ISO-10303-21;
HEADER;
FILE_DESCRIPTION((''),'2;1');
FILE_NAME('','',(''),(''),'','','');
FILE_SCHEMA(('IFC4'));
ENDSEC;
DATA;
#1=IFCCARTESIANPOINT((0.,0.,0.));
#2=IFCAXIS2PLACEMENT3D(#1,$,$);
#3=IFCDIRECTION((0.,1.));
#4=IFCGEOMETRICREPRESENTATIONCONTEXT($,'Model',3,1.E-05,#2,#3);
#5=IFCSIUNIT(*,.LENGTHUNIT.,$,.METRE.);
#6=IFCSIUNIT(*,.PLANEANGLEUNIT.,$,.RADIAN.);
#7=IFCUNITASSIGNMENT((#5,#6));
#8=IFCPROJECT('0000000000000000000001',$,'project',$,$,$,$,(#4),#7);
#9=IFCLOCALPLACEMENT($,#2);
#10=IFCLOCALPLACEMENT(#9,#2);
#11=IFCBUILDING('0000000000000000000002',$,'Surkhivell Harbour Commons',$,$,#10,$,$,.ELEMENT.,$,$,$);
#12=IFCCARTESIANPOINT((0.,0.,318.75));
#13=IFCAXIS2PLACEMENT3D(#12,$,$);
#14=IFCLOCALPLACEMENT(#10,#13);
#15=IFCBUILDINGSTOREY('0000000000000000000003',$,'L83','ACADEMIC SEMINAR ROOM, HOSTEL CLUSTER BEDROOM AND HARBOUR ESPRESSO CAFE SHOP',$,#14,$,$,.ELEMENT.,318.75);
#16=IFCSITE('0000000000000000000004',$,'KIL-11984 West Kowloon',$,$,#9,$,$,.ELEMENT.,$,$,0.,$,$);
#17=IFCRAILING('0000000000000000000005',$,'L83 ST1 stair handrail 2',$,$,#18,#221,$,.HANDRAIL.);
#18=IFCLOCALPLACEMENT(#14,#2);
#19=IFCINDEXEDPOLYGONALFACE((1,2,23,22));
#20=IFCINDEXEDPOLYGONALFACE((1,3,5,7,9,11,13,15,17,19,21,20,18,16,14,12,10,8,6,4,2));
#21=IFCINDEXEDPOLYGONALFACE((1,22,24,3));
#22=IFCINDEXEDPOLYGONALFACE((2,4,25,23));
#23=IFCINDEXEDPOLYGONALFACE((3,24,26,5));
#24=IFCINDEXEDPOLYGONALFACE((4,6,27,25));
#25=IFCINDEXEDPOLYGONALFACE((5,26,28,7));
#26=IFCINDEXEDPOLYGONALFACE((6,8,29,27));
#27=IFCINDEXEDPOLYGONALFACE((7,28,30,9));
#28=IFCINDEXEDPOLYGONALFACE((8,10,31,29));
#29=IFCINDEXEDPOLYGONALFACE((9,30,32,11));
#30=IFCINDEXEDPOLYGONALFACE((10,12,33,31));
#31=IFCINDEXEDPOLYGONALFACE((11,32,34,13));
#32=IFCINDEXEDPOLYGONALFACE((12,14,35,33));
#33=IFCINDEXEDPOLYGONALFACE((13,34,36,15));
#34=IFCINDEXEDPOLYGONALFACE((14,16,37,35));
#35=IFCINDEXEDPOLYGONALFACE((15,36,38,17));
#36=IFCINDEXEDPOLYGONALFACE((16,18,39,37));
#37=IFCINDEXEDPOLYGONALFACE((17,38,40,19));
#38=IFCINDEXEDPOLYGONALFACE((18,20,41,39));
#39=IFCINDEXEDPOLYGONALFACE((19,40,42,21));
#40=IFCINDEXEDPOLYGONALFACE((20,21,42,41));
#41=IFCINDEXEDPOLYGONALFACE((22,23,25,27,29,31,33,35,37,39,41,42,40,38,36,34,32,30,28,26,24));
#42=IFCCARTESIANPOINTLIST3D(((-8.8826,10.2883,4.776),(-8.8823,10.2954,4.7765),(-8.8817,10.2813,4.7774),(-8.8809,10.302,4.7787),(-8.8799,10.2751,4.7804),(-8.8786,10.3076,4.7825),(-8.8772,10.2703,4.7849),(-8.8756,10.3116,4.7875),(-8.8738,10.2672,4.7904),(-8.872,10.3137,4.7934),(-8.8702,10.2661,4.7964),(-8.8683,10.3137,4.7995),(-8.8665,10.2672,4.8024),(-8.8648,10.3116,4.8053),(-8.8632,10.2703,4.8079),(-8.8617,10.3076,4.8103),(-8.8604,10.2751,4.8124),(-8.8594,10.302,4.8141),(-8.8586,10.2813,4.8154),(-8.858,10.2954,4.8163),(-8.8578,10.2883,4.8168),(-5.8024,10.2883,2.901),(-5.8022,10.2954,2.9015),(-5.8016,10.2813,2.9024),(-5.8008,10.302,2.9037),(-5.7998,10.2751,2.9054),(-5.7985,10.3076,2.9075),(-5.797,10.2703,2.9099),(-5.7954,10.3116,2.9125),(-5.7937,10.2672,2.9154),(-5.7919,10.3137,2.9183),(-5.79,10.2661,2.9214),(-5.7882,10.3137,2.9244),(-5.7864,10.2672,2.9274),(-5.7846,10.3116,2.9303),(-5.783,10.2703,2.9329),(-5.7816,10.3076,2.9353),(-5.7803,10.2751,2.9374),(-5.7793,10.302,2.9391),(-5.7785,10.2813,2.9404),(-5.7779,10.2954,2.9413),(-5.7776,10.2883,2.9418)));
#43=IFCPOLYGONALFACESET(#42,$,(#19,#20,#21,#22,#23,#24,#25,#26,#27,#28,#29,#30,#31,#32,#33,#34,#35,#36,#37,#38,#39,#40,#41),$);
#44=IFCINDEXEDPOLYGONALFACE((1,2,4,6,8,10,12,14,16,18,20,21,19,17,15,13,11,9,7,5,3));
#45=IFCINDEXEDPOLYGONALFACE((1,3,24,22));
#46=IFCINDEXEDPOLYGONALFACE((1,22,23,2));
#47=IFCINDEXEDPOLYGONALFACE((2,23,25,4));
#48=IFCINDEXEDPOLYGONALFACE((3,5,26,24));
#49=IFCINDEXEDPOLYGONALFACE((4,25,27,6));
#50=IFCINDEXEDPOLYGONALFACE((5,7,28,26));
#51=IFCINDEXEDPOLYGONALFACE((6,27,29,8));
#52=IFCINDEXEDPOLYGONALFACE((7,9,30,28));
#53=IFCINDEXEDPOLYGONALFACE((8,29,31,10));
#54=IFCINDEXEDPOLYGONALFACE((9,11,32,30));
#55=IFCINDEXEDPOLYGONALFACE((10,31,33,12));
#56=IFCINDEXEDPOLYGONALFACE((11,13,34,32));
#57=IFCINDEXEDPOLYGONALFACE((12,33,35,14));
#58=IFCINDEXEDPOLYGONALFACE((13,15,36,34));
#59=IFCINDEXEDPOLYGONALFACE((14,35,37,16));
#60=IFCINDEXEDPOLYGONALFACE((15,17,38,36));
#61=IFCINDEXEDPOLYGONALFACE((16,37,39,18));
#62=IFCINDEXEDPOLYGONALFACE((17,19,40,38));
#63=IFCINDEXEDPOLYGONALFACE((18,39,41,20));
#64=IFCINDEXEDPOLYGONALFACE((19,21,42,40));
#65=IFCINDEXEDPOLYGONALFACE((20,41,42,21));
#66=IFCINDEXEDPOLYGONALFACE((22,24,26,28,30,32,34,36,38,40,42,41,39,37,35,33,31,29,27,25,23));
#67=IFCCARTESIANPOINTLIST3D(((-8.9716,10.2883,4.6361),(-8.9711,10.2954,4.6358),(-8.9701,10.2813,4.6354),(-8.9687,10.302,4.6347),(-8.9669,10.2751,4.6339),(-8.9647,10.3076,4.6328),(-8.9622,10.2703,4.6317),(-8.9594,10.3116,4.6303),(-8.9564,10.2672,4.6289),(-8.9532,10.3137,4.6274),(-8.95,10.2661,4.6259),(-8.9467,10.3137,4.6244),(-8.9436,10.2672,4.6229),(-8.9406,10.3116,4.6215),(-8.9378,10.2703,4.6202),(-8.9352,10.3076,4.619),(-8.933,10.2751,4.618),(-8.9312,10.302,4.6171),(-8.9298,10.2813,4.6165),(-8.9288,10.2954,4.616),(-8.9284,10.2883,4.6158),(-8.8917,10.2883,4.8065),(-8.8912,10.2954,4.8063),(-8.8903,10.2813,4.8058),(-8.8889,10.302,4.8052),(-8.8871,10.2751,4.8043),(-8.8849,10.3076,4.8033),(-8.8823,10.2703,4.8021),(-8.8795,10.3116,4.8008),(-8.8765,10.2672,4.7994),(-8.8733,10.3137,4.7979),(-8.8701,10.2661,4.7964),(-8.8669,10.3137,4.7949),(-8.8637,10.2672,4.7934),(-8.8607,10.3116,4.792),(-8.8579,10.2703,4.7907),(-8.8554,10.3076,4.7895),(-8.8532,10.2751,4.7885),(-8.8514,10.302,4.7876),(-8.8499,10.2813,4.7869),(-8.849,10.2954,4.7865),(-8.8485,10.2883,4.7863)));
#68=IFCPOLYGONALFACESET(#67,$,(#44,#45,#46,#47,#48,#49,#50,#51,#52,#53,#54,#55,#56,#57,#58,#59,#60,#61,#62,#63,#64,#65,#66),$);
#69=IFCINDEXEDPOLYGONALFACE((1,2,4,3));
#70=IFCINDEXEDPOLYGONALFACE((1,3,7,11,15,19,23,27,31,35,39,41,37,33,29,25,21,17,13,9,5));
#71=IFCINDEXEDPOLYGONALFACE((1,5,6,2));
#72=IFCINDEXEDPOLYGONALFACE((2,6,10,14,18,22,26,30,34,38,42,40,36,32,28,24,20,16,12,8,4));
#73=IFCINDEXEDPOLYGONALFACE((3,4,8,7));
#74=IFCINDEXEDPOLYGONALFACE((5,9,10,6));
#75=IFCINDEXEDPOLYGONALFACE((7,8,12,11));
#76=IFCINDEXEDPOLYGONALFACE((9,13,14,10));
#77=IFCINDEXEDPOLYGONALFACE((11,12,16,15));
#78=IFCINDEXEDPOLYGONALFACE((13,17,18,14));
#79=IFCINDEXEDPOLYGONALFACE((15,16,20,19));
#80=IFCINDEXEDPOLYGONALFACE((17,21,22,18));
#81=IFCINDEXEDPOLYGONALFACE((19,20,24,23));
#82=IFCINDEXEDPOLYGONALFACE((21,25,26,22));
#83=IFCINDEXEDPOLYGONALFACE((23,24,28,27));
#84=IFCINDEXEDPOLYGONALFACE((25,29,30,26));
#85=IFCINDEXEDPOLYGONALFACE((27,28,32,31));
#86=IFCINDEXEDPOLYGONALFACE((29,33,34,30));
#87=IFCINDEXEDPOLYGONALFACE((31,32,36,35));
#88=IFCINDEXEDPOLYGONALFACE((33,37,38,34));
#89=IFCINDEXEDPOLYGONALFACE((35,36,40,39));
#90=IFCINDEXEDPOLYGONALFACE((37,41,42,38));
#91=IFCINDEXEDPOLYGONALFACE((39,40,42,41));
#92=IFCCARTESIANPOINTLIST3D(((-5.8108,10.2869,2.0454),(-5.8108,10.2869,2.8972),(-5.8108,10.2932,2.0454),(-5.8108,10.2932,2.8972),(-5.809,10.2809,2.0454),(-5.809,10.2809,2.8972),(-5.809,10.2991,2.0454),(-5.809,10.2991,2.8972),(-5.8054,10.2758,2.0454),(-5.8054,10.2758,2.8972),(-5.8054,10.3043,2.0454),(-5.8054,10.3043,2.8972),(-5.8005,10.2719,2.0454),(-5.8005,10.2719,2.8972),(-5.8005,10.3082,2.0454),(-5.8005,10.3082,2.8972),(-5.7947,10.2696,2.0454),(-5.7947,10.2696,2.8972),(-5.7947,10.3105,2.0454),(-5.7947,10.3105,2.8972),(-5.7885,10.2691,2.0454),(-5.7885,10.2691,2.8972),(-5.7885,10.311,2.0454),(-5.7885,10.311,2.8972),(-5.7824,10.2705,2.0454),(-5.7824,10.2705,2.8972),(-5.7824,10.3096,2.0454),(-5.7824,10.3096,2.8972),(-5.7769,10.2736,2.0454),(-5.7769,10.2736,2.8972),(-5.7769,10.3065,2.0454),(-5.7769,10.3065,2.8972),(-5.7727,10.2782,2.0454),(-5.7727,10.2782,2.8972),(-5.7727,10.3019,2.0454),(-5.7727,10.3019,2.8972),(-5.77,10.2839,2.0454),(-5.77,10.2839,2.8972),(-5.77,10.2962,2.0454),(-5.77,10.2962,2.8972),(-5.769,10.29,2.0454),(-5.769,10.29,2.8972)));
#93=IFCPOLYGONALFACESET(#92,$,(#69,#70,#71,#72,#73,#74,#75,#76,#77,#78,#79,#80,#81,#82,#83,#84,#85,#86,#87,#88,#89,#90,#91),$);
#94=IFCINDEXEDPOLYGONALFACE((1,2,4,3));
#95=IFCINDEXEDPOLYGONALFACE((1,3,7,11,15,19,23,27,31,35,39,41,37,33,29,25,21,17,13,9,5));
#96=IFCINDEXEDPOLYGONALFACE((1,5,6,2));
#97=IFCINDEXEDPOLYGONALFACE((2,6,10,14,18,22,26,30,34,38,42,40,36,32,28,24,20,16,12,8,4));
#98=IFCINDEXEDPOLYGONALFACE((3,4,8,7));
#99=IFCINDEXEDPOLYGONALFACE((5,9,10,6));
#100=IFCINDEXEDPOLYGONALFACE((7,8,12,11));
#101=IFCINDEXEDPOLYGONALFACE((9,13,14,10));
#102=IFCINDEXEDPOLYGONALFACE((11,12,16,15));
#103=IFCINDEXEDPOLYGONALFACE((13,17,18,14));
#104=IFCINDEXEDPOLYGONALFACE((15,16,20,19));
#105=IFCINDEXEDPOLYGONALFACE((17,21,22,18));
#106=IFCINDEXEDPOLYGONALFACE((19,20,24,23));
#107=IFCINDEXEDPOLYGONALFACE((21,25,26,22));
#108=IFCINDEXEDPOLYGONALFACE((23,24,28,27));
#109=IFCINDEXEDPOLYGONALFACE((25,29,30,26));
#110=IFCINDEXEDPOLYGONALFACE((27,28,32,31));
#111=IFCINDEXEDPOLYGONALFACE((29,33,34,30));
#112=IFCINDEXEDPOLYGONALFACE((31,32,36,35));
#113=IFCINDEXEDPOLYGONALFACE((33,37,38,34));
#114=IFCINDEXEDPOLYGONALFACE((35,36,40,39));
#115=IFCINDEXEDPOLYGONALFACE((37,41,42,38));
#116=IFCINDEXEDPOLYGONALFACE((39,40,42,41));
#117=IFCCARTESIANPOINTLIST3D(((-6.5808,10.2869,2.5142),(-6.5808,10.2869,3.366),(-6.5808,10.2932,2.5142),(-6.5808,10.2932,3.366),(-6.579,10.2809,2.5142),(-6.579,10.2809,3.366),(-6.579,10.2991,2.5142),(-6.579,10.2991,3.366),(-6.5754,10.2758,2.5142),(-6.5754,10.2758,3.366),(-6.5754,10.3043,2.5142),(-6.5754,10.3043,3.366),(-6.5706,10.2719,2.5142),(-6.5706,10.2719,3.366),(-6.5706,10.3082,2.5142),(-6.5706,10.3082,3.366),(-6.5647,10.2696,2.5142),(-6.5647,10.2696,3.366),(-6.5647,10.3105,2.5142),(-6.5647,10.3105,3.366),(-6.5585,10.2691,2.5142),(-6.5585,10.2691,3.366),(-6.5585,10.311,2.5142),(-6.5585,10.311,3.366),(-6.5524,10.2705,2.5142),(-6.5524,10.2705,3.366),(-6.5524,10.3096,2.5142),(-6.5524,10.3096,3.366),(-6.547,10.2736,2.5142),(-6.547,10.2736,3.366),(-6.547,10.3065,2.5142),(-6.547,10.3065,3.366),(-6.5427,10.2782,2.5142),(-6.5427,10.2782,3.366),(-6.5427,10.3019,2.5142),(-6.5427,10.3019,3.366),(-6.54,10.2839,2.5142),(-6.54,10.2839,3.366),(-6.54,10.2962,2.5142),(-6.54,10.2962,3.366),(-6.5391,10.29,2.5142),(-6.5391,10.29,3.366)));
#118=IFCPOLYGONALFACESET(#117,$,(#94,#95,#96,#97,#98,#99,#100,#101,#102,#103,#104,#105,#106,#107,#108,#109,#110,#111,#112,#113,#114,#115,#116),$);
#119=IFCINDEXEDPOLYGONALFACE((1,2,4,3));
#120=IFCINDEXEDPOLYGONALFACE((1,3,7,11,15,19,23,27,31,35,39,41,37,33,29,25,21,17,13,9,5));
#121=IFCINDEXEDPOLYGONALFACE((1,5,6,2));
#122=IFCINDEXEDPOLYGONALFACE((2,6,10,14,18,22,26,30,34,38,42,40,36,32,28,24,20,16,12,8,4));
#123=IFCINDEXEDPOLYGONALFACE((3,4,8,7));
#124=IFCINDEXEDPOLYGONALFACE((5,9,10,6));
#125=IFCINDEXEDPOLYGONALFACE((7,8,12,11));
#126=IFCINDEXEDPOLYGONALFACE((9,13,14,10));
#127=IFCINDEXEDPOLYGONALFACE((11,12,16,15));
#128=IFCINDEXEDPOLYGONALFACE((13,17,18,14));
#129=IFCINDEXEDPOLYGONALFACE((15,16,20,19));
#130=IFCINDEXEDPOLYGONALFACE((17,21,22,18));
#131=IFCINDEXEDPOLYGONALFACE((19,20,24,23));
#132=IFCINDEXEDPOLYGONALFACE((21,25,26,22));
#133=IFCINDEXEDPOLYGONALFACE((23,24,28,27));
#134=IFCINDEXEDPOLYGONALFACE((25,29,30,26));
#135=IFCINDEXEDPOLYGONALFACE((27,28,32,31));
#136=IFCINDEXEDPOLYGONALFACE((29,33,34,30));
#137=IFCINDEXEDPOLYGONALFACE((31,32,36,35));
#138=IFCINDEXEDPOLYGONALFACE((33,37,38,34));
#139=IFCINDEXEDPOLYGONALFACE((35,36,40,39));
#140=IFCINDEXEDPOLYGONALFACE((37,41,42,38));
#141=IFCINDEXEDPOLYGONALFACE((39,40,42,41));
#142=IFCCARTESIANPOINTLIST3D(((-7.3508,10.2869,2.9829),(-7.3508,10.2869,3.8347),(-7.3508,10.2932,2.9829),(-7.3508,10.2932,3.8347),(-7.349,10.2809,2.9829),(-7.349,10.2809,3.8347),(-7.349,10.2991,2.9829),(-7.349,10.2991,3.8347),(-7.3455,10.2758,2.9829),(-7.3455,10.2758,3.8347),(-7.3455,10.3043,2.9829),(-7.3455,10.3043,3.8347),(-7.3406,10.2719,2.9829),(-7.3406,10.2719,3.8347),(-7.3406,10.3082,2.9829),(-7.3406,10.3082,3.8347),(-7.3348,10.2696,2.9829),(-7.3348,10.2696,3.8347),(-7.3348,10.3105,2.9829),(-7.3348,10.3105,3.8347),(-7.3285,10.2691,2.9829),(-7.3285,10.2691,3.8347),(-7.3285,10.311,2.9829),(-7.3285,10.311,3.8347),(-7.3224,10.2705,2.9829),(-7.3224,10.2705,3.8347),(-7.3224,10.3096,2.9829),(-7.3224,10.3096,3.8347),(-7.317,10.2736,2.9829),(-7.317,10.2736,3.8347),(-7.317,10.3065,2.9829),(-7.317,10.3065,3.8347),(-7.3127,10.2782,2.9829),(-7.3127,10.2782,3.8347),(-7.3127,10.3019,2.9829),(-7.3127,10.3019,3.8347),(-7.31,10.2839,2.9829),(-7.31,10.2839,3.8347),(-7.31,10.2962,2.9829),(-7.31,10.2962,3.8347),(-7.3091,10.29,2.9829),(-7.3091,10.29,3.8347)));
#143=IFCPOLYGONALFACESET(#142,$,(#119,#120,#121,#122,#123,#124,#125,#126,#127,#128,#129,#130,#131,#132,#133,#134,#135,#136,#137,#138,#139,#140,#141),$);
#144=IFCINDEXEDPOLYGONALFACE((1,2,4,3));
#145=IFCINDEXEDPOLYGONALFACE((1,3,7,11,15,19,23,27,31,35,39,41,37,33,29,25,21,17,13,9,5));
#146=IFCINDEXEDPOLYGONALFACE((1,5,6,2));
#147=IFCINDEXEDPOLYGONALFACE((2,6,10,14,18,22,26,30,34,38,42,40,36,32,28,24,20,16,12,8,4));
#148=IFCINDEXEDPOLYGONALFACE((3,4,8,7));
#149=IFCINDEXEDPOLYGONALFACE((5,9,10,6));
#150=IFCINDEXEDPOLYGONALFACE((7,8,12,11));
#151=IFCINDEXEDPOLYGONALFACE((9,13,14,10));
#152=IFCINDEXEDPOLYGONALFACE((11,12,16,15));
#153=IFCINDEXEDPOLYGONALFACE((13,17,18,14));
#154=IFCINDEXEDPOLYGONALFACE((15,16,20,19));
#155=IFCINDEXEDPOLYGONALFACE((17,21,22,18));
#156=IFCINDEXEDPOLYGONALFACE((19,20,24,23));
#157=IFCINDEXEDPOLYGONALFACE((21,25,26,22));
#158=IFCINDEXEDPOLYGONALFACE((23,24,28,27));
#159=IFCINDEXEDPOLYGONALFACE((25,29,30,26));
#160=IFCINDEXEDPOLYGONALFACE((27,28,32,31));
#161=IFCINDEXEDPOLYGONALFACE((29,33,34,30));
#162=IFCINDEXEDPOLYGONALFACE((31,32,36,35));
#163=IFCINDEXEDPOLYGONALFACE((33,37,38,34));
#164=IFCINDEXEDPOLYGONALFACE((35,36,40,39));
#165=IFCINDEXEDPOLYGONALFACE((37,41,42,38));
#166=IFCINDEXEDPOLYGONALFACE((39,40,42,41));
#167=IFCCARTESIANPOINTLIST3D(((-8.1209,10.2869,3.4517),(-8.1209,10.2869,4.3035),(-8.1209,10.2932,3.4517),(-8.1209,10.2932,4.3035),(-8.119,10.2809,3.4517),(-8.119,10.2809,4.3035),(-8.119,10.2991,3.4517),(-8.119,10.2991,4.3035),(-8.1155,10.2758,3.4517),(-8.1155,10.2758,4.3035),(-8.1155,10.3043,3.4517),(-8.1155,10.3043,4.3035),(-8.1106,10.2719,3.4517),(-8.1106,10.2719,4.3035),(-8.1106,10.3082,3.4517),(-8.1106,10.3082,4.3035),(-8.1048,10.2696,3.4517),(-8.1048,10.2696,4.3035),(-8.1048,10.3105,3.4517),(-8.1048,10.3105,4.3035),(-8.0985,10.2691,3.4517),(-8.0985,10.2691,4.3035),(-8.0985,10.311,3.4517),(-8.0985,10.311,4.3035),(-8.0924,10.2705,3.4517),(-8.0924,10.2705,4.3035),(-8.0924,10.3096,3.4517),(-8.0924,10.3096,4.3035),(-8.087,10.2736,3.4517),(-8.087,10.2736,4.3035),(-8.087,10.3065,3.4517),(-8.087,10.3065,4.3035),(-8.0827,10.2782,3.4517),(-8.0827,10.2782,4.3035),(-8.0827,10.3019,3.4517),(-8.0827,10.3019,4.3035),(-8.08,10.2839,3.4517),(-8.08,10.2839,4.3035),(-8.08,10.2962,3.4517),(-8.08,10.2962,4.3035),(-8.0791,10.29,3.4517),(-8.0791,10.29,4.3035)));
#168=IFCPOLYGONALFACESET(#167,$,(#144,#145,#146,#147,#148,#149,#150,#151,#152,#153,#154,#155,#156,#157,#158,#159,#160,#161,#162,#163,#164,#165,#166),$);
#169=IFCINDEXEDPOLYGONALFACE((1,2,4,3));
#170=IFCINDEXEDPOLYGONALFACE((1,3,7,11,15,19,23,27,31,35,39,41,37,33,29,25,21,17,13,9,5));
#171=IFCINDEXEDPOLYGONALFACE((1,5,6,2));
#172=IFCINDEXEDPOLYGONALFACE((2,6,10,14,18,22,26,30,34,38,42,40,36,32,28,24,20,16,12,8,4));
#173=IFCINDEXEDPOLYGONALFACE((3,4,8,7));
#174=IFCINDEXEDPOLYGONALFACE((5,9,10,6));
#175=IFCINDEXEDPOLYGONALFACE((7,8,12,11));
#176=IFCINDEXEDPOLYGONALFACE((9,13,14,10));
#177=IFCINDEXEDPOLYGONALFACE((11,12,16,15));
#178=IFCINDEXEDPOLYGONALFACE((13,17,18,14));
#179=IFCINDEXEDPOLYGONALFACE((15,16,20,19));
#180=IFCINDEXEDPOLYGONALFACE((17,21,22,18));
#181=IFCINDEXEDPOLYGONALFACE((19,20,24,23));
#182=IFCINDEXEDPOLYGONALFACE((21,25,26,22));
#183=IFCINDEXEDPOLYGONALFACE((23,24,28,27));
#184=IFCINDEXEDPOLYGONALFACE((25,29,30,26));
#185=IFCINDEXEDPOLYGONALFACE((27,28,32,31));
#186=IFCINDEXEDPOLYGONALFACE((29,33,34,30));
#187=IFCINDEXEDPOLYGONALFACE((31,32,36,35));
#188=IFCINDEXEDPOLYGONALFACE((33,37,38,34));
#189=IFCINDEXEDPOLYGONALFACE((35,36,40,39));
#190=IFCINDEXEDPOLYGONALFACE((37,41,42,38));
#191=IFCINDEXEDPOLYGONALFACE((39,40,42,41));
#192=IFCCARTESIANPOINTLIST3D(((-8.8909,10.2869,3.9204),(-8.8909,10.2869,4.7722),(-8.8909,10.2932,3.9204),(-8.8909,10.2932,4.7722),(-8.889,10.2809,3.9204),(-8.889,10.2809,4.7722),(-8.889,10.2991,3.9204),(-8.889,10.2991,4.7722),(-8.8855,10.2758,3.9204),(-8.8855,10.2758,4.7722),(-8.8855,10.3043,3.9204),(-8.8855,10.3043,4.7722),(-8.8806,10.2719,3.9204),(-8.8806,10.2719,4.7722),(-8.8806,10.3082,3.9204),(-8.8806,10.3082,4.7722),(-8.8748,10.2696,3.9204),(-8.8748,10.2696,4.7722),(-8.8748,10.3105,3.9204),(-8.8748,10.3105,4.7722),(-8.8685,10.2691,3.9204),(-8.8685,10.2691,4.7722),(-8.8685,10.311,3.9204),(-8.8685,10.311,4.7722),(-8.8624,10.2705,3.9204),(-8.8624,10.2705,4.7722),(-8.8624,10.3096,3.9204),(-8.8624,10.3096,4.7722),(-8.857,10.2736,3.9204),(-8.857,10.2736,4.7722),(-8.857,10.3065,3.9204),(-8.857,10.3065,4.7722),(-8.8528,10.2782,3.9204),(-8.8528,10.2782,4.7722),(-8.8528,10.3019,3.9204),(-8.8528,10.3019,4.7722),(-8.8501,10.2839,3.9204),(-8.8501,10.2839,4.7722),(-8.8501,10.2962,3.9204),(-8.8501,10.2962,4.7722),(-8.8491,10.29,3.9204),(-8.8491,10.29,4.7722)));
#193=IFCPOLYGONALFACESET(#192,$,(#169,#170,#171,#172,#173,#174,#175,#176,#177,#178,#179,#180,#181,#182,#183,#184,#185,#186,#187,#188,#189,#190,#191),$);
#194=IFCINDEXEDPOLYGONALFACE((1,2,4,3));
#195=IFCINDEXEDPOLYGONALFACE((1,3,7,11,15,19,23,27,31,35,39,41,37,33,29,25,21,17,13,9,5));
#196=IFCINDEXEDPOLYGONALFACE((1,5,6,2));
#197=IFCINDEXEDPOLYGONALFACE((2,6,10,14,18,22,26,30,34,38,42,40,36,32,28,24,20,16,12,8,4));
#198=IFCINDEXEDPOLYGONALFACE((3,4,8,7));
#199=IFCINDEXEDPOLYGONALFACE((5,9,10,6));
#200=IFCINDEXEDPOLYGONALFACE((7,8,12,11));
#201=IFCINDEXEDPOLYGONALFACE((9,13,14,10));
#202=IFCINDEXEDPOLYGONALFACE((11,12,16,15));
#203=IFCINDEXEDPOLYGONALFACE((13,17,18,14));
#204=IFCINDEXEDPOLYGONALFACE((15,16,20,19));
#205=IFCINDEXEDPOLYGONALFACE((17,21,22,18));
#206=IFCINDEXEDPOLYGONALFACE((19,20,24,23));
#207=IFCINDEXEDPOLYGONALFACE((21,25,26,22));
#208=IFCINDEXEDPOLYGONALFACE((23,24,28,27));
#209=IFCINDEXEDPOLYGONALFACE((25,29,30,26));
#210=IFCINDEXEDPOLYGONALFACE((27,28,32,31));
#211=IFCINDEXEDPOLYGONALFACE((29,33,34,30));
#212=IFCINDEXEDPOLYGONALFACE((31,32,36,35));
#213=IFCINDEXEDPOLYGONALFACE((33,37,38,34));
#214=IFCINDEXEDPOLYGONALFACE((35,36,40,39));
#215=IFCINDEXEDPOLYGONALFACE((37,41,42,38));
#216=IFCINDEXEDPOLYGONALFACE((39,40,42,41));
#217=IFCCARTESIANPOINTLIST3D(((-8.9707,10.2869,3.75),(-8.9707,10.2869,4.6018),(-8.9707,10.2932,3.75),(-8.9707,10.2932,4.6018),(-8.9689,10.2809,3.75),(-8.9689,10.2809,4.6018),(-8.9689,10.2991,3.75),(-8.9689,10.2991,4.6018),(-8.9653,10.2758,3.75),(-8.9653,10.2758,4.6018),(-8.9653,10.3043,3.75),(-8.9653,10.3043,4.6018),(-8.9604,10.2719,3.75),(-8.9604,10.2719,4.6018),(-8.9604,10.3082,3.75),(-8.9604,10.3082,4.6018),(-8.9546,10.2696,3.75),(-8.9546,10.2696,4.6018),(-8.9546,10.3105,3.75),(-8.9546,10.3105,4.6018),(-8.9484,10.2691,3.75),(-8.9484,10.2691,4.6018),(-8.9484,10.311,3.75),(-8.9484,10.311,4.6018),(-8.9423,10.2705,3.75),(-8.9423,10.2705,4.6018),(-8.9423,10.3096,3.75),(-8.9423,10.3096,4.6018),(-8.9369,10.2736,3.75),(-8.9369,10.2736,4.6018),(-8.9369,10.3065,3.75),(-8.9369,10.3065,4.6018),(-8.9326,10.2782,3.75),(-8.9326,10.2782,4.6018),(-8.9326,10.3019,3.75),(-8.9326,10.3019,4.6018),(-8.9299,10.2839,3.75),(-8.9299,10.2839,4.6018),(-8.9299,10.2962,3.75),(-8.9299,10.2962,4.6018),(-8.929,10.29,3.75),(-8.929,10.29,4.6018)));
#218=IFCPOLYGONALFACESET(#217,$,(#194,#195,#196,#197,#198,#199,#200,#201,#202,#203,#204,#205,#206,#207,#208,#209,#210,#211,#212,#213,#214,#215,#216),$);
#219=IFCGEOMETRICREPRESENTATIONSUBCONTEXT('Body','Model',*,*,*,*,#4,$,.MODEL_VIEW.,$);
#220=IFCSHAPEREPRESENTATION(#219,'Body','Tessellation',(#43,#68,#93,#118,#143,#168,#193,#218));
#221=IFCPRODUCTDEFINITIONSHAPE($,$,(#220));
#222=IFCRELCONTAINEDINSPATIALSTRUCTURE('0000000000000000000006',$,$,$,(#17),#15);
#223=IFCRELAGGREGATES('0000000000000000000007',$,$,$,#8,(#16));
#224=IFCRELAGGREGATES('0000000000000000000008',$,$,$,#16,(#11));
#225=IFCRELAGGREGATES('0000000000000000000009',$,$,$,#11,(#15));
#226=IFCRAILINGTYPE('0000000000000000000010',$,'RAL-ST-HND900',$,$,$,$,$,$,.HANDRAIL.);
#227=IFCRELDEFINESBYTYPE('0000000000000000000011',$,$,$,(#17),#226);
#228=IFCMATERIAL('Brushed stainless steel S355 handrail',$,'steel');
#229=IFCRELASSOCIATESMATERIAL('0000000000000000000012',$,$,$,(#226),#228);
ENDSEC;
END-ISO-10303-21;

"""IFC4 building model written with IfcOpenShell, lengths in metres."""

from ifc_helpers import new_model, si_unit, direction, frame, origin, origin_2d, place, context, subcontext, project, spatial, circle, extrude, material, type_object, element, save


model = new_model("IFC4")

# Units and contexts
model_context = context("Model", 3, precision=1e-05, world=origin(), true_north=direction((0.0, 1.0)))
body_context = subcontext(model_context, "Body", "Model", "MODEL_VIEW")
ifc_project = project(units=[si_unit("LENGTHUNIT", "METRE"), si_unit("PLANEANGLEUNIT", "RADIAN")], contexts=[model_context])

# Site, building, storey
site_placement = place(None, origin())
site = spatial("IfcSite", under=ifc_project, at=site_placement, Name="KIL-11984 West Kowloon", CompositionType="ELEMENT", RefElevation=0.0)
building_placement = place(site_placement, origin())
building = spatial("IfcBuilding", under=site, at=building_placement, Name="Surkhivell Harbour Commons", CompositionType="ELEMENT")
storey_placement = place(building_placement, frame((0.0, 0.0, 318.75)))
storey = spatial("IfcBuildingStorey", under=building, at=storey_placement, Name="L83", Description="ACADEMIC SEMINAR ROOM, HOSTEL CLUSTER BEDROOM AND HARBOUR ESPRESSO CAFE SHOP", CompositionType="ELEMENT", Elevation=318.75)

# Railing
ifc_material_1 = material(Name="Brushed stainless steel S355 handrail", Category="steel")
railing_type_1 = type_object("IfcRailingType", Name="RAL-ST-HND900", PredefinedType="HANDRAIL", material=ifc_material_1)
railing_1_placement = place(storey_placement, frame((-5.79, 10.29, 2.0454)))
element("IfcRailing", 1, at=railing_1_placement, inside=storey, type_object=railing_type_1, Name="L83 ST1 stair handrail 2", PredefinedType="HANDRAIL", context=body_context, shape_type="SweptSolid", body=[
    extrude(circle(Radius=0.0239, at=origin_2d()), frame((0.0, 0.0, 0.876), z_axis=(-0.854178, 0.0, 0.519981), x_axis=(0.0, -1.0, 0.0)), (0.0, 0.0, 1.0), 3.606),
    extrude(circle(Radius=0.0239, at=origin_2d()), frame((-3.0801, 0.0, 2.751), z_axis=(-0.424234, 0.0, -0.905552), x_axis=(0.0, -1.0, 0.0)), (0.0, 0.0, 1.0), 0.1882),
    extrude(circle(Radius=0.021, at=origin_2d()), origin(), (0.0, 0.0, 1.0), 0.8518),
    extrude(circle(Radius=0.021, at=origin_2d()), frame((-0.77, 0.0, 0.4688)), (0.0, 0.0, 1.0), 0.8518),
    extrude(circle(Radius=0.021, at=origin_2d()), frame((-1.54, 0.0, 0.9375)), (0.0, 0.0, 1.0), 0.8518),
    extrude(circle(Radius=0.021, at=origin_2d()), frame((-2.3101, 0.0, 1.4062)), (0.0, 0.0, 1.0), 0.8518),
    extrude(circle(Radius=0.021, at=origin_2d()), frame((-3.0801, 0.0, 1.875)), (0.0, 0.0, 1.0), 0.8518),
    extrude(circle(Radius=0.021, at=origin_2d()), frame((-3.1599, 0.0, 1.7046)), (0.0, 0.0, 1.0), 0.8518),
])

save(model, "model.ifc")
